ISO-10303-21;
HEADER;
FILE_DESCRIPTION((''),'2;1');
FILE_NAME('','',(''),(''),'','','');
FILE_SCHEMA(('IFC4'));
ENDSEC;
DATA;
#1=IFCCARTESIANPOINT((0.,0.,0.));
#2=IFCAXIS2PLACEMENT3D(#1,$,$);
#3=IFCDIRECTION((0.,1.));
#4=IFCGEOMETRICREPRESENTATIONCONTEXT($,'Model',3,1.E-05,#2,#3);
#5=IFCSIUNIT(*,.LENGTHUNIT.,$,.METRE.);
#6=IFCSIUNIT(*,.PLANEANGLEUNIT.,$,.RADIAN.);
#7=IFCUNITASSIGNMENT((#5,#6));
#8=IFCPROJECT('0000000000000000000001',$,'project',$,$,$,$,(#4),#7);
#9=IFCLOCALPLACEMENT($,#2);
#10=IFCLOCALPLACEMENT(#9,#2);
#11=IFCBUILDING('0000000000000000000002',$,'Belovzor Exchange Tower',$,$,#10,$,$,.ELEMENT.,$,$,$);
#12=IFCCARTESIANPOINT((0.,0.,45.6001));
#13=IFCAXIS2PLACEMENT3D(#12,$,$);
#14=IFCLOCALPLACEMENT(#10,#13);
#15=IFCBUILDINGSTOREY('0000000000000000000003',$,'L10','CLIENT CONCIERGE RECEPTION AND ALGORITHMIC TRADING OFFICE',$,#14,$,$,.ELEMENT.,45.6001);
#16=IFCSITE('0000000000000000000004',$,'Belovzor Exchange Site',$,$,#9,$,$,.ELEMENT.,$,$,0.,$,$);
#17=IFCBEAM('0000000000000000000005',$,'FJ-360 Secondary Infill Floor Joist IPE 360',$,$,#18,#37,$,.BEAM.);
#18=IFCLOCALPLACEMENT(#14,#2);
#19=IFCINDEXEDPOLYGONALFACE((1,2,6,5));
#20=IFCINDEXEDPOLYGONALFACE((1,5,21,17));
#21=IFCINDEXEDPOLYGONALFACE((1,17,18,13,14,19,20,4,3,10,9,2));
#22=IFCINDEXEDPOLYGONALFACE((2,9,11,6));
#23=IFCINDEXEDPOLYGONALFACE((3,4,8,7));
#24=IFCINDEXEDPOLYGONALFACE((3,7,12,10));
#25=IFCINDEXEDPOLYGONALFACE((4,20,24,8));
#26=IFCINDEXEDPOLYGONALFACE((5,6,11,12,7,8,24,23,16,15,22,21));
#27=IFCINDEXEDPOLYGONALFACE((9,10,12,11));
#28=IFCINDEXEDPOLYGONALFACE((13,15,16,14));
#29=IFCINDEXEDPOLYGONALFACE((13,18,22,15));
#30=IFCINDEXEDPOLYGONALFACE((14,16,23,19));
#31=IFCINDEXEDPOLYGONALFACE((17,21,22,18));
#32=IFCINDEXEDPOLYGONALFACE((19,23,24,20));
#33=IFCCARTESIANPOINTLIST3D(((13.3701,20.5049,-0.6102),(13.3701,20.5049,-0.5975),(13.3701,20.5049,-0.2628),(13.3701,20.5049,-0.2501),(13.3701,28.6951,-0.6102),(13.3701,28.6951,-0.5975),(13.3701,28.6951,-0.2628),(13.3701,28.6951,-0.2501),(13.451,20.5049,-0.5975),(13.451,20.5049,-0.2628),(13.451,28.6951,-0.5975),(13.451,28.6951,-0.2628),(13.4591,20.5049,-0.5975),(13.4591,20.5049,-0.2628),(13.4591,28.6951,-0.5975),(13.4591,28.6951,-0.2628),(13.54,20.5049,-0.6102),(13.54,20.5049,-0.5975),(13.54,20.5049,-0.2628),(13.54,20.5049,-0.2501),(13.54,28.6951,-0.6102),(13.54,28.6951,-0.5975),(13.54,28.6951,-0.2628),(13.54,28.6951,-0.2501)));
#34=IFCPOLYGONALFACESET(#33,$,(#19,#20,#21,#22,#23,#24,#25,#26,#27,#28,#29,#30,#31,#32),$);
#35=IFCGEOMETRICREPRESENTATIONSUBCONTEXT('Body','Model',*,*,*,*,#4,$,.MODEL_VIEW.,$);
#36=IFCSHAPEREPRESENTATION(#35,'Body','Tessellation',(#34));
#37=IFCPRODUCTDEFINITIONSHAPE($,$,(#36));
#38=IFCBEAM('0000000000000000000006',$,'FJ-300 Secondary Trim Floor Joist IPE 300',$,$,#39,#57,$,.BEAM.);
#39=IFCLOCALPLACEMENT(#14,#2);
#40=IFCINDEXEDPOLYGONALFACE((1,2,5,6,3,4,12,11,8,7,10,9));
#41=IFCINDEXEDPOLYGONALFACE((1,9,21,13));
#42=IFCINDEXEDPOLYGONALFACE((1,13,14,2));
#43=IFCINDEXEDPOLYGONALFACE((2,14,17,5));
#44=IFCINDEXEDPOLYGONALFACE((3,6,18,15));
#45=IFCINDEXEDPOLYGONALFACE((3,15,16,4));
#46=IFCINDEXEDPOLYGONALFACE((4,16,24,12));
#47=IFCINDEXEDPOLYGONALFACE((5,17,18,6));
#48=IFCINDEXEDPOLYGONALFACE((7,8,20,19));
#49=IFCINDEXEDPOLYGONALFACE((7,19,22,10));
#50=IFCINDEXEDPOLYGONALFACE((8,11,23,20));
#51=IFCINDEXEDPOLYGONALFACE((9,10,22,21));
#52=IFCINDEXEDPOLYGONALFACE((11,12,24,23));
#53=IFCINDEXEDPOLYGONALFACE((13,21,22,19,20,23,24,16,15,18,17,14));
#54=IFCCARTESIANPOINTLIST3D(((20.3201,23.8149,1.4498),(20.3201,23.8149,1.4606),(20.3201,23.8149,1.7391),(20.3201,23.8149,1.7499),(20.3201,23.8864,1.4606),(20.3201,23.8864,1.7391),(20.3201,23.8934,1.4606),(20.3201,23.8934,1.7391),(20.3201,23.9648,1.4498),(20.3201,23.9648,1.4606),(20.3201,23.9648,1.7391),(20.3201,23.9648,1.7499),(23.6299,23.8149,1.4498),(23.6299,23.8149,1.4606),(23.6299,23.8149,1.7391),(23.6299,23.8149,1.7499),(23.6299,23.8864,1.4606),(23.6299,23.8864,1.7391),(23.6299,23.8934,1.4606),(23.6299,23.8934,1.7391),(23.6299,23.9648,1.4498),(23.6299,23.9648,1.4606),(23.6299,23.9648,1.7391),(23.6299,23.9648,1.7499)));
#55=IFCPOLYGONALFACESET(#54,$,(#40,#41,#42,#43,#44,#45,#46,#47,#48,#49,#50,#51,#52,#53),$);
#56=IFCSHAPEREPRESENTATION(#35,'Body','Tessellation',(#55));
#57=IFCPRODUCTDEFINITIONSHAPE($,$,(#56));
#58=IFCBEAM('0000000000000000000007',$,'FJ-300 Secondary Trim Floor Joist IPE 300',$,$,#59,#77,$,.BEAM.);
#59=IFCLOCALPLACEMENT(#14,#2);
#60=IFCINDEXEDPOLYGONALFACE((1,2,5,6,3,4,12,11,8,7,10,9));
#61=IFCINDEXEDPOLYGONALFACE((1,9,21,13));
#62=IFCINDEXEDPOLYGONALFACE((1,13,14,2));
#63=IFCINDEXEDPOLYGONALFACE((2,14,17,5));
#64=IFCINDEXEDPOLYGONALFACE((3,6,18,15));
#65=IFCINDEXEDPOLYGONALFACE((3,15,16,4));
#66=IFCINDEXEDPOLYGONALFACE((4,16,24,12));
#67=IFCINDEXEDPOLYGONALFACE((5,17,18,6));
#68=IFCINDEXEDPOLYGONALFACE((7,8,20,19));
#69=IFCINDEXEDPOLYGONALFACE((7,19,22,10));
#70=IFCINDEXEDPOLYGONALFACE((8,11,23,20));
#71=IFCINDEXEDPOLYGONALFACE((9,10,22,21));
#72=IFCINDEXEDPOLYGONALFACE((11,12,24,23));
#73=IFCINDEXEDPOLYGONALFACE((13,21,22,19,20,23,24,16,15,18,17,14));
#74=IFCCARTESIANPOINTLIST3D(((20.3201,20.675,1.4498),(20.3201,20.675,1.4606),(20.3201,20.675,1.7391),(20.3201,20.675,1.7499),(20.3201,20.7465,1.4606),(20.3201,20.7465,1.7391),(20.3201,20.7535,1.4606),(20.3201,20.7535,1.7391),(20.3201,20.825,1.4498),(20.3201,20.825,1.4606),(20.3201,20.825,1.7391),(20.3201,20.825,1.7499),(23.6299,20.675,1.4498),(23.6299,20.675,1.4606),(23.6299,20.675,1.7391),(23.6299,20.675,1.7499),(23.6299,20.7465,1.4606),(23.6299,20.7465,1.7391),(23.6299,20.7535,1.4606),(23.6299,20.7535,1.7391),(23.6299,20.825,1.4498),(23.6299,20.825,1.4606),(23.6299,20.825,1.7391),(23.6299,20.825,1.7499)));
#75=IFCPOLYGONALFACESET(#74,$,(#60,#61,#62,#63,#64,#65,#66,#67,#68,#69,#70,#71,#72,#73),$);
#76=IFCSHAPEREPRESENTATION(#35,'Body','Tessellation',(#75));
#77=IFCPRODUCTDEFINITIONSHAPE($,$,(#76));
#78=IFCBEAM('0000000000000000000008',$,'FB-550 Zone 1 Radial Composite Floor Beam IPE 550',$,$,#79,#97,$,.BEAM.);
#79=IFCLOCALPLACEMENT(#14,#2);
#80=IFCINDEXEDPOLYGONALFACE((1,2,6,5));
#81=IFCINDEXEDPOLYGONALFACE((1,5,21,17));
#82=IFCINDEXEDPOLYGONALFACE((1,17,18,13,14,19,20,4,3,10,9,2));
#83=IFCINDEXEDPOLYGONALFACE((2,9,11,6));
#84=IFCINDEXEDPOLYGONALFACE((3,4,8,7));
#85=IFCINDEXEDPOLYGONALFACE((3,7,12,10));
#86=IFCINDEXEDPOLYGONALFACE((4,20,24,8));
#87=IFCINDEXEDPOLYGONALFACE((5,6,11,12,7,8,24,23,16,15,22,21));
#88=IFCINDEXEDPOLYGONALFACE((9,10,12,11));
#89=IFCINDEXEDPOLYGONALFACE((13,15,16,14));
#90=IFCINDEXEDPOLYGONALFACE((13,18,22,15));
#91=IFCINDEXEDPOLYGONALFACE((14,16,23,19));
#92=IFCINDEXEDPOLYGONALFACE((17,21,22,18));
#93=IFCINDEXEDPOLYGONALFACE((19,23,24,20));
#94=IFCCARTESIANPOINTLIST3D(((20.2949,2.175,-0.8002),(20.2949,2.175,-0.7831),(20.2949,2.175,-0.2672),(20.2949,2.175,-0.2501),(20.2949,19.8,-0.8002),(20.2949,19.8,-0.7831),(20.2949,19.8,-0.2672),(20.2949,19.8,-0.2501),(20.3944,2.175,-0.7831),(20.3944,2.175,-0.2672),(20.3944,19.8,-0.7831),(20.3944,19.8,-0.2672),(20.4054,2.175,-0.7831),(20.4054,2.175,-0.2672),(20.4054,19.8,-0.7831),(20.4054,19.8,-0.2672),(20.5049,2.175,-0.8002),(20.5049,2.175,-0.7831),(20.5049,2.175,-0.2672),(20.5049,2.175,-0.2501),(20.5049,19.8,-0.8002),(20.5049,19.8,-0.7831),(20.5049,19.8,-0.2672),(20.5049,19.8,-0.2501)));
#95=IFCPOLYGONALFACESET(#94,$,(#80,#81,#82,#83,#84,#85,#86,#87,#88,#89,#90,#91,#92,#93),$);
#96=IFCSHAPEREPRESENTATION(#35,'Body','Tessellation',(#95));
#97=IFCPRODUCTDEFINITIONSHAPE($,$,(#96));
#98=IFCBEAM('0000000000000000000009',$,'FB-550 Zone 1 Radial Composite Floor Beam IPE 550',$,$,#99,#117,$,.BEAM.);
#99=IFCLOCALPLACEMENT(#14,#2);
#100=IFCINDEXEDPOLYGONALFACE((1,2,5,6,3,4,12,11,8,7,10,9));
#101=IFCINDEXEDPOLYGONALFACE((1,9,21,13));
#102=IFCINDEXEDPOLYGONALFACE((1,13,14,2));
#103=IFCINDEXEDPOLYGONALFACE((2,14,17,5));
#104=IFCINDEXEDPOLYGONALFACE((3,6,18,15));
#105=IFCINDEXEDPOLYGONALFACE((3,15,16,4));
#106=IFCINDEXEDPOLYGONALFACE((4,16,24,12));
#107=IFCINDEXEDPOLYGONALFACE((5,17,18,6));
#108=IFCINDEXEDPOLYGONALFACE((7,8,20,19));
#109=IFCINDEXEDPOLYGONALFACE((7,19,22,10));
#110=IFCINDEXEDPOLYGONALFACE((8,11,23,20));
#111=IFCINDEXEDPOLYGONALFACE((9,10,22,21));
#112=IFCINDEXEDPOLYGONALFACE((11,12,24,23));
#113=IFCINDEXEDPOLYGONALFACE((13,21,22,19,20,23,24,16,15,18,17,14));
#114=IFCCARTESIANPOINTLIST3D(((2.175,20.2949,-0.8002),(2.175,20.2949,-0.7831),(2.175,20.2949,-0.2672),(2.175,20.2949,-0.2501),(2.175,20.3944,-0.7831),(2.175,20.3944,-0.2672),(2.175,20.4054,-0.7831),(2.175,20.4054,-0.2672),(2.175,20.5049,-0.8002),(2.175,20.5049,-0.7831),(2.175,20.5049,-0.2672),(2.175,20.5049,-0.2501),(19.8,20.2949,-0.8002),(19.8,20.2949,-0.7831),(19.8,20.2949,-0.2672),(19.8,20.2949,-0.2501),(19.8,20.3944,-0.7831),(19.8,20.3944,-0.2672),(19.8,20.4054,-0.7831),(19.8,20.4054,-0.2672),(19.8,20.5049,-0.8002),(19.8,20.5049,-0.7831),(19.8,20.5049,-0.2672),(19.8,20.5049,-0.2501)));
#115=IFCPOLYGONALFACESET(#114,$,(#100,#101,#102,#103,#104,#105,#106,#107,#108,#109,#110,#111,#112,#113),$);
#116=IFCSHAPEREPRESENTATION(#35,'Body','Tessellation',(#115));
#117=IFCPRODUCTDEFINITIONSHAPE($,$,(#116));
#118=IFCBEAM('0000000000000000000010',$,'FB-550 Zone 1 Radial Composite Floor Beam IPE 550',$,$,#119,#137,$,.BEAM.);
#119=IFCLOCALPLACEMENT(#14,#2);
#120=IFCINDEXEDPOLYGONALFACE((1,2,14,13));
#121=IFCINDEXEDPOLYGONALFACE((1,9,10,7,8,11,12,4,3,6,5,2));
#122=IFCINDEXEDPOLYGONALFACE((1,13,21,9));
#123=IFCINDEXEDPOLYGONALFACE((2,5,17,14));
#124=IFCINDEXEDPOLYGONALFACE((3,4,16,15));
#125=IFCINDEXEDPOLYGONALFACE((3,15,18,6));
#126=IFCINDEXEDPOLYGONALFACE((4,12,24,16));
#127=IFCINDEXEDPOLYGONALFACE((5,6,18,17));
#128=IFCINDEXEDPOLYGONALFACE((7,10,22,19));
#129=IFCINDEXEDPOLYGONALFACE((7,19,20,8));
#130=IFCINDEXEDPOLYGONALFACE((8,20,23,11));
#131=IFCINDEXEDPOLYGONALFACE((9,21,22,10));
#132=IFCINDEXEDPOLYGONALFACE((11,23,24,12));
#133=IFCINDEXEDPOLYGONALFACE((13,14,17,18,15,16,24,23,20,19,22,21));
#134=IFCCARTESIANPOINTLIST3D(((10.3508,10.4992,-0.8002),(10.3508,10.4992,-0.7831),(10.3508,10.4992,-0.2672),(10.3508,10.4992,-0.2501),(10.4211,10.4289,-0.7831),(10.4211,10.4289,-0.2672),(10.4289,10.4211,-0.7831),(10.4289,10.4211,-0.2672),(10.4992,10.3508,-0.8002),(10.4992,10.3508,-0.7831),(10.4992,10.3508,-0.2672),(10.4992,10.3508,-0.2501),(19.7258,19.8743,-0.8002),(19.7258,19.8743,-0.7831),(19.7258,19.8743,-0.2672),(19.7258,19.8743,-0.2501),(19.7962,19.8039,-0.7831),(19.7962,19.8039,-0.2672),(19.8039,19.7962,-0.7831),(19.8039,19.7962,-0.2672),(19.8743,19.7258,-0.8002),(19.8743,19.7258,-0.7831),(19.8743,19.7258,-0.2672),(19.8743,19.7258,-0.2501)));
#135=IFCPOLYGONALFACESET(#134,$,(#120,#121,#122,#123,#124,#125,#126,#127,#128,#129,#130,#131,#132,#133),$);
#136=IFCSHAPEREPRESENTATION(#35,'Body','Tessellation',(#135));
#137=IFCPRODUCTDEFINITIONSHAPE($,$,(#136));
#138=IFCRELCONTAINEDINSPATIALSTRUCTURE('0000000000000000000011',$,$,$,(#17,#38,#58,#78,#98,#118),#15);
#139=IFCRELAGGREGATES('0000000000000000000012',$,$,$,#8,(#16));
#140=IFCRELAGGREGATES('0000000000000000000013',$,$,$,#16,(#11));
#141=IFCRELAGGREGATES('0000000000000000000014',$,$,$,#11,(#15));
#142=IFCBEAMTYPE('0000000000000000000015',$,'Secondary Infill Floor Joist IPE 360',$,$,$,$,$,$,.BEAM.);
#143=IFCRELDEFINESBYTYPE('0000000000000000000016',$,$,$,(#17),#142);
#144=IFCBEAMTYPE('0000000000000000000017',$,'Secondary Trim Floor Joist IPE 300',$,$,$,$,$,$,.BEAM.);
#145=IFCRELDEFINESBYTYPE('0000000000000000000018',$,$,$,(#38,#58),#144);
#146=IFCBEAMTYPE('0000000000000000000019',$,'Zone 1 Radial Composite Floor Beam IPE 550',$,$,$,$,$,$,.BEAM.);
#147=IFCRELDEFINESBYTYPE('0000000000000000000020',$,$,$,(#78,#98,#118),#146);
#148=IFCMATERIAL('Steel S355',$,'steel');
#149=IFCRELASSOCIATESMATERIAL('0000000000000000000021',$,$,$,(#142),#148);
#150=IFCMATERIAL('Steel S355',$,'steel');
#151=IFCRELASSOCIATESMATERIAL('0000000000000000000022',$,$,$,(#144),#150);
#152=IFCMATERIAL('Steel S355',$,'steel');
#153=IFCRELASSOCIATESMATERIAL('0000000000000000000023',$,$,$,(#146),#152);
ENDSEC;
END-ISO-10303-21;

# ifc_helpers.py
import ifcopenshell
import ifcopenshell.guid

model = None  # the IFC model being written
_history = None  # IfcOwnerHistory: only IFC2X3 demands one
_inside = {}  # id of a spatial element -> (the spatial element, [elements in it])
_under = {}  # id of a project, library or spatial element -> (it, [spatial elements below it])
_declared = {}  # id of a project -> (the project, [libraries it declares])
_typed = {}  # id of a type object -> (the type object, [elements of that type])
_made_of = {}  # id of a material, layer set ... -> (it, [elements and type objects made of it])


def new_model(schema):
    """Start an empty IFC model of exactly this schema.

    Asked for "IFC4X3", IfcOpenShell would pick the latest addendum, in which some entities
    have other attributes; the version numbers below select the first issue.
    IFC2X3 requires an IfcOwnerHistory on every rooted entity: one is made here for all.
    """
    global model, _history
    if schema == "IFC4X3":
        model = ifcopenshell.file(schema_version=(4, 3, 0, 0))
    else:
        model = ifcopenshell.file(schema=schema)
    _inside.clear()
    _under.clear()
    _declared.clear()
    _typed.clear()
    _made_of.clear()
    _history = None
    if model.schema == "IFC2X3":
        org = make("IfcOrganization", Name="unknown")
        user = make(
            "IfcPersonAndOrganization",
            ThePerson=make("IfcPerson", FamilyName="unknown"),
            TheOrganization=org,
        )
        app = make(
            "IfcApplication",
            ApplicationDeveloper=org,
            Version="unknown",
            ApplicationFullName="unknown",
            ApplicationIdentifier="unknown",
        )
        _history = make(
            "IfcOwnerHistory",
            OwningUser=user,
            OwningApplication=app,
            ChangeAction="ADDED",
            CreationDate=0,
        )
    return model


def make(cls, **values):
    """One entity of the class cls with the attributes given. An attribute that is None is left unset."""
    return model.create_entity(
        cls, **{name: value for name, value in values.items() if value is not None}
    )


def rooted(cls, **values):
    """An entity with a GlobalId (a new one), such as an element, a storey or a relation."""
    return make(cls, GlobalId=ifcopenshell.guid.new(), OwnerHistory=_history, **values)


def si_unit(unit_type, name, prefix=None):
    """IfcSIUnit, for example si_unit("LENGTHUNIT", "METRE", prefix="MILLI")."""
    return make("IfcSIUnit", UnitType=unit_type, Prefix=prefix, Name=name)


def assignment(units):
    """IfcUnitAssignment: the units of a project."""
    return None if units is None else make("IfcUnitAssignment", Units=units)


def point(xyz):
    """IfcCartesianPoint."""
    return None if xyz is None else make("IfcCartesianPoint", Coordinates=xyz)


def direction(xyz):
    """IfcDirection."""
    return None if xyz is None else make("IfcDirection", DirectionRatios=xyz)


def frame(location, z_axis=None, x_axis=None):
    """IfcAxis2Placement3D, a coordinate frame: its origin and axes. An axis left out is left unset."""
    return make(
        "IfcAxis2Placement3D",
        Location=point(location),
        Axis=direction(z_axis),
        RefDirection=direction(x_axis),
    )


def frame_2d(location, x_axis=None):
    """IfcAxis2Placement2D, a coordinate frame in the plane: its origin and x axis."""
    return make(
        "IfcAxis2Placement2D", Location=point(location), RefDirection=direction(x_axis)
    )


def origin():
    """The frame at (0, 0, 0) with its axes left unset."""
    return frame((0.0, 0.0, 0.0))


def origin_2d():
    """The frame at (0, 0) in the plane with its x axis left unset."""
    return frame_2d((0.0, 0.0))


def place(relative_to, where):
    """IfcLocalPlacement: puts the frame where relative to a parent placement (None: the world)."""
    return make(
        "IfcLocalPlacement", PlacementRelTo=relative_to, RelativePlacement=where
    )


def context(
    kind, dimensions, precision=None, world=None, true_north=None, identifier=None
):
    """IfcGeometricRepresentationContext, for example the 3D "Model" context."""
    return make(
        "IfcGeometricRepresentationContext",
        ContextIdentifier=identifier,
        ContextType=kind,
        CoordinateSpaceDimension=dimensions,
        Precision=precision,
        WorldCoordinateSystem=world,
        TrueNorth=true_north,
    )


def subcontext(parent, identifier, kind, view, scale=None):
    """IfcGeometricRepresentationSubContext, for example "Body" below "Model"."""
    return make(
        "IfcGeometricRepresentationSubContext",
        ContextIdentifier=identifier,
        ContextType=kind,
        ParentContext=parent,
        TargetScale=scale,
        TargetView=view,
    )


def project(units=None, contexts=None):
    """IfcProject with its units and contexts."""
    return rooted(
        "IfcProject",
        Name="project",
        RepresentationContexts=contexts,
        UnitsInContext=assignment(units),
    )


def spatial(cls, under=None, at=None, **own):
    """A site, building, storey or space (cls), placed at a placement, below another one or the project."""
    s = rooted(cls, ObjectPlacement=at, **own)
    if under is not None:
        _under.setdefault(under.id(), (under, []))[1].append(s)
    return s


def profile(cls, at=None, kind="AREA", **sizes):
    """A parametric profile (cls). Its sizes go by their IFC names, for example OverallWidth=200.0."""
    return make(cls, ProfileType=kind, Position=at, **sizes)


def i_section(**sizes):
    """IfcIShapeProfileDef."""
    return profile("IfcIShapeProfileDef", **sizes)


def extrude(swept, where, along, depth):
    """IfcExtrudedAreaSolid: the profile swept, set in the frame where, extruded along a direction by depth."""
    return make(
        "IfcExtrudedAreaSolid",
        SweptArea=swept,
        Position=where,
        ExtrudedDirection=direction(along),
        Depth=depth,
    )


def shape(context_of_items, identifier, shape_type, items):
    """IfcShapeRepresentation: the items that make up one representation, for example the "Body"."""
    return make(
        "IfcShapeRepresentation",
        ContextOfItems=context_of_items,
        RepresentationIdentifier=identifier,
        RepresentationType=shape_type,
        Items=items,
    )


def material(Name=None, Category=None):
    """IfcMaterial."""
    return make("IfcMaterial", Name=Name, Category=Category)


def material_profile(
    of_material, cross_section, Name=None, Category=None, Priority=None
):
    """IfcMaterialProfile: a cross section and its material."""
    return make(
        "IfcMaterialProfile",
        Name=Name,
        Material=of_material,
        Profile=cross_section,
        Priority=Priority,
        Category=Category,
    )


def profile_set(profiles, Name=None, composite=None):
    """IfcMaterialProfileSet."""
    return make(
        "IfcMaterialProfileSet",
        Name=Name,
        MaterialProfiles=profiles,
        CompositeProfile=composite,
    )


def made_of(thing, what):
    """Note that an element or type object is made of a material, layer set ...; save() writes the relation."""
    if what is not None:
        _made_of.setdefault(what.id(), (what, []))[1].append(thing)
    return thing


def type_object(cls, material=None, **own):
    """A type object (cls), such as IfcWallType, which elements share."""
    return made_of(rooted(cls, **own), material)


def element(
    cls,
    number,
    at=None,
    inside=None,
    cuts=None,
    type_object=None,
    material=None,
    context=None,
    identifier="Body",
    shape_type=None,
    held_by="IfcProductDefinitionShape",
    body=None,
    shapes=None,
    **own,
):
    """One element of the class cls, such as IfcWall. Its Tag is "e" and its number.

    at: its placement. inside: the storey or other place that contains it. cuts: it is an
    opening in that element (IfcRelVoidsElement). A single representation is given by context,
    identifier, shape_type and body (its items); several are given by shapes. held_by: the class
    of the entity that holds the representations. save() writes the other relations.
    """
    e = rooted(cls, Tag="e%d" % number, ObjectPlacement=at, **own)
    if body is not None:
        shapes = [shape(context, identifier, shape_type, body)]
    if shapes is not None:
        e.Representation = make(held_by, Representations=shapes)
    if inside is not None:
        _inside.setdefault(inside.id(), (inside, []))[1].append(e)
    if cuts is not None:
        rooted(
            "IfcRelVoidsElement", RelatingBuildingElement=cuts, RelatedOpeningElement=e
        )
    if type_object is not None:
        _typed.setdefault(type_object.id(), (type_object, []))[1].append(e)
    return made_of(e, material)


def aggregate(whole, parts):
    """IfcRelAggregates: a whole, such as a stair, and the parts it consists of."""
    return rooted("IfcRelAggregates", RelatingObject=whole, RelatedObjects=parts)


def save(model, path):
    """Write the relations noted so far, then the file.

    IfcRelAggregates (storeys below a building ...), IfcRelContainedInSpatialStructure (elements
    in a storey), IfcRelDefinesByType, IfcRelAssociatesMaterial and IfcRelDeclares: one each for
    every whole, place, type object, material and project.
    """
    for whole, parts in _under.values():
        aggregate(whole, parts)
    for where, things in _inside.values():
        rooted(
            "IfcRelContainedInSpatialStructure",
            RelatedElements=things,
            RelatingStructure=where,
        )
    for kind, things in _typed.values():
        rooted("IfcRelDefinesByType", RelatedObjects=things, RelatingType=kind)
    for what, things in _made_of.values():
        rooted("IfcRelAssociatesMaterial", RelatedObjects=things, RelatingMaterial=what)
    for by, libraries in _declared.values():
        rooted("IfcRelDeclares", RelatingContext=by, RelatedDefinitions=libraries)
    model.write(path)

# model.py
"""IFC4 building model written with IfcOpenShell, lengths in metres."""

from ifc_helpers import new_model, si_unit, direction, frame, origin, origin_2d, place, context, subcontext, project, spatial, i_section, extrude, material, material_profile, profile_set, type_object, element, save


model = new_model("IFC4")

# Units and contexts
model_context = context("Model", 3, precision=1e-05, world=origin(), true_north=direction((0.0, 1.0)))
body_context = subcontext(model_context, "Body", "Model", "MODEL_VIEW")
ifc_project = project(units=[si_unit("LENGTHUNIT", "METRE"), si_unit("PLANEANGLEUNIT", "RADIAN")], contexts=[model_context])

# Site, building, storey
site_placement = place(None, origin())
site = spatial("IfcSite", under=ifc_project, at=site_placement, Name="Belovzor Exchange Site", CompositionType="ELEMENT", RefElevation=0.0)
building_placement = place(site_placement, origin())
building = spatial("IfcBuilding", under=site, at=building_placement, Name="Belovzor Exchange Tower", CompositionType="ELEMENT")
storey_placement = place(building_placement, frame((0.0, 0.0, 45.6001)))
storey = spatial("IfcBuildingStorey", under=building, at=storey_placement, Name="L10", Description="CLIENT CONCIERGE RECEPTION AND ALGORITHMIC TRADING OFFICE", CompositionType="ELEMENT", Elevation=45.6001)

# Beams
ifc_material_1 = material(Name="Steel S355", Category="steel")
ifc_material_profile_1 = material_profile(ifc_material_1, i_section(OverallWidth=0.1699, OverallDepth=0.3601, WebThickness=0.0081, FlangeThickness=0.0127, at=origin_2d()))
ifc_profile_set_1 = profile_set([ifc_material_profile_1], Name="Steel S355")
beam_type_1 = type_object("IfcBeamType", Name="Secondary Infill Floor Joist IPE 360", PredefinedType="BEAM", material=ifc_profile_set_1)
beam_1_placement = place(storey_placement, frame((13.4551, 20.5049, -0.4302), z_axis=(0.0, 1.0, 0.0), x_axis=(-1.0, 0.0, 0.0)))
element("IfcBeam", 1, at=beam_1_placement, inside=storey, type_object=beam_type_1, Name="FJ-360 Secondary Infill Floor Joist IPE 360", PredefinedType="BEAM", context=body_context, shape_type="SweptSolid", body=[
    extrude(i_section(OverallWidth=0.1699, OverallDepth=0.3601, WebThickness=0.0081, FlangeThickness=0.0127, at=origin_2d()), origin(), (0.0, 0.0, 1.0), 8.1902),
])
ifc_material_2 = material(Name="Steel S355", Category="steel")
ifc_material_profile_2 = material_profile(ifc_material_2, i_section(OverallWidth=0.1499, OverallDepth=0.3, WebThickness=0.0071, FlangeThickness=0.0107, at=origin_2d()))
ifc_profile_set_2 = profile_set([ifc_material_profile_2], Name="Steel S355")
beam_type_2 = type_object("IfcBeamType", Name="Secondary Trim Floor Joist IPE 300", PredefinedType="BEAM", material=ifc_profile_set_2)
for number, where, z_axis, x_axis, name in (
    (2, (20.3201, 23.8899, 1.5999), (1.0, 0.0, 0.0), (0.0, 1.0, 0.0), "FJ-300 Secondary Trim Floor Joist IPE 300"),
    (3, (20.3201, 20.75, 1.5999), (1.0, 0.0, 0.0), (0.0, 1.0, 0.0), "FJ-300 Secondary Trim Floor Joist IPE 300"),
):
    element("IfcBeam", number, at=place(storey_placement, frame(where, z_axis=z_axis, x_axis=x_axis)), inside=storey, type_object=beam_type_2, Name=name, PredefinedType="BEAM", context=body_context, shape_type="SweptSolid", body=[
        extrude(i_section(OverallWidth=0.1499, OverallDepth=0.3, WebThickness=0.0071, FlangeThickness=0.0107, at=origin_2d()), origin(), (0.0, 0.0, 1.0), 3.3098),
    ])
ifc_material_3 = material(Name="Steel S355", Category="steel")
ifc_material_profile_3 = material_profile(ifc_material_3, i_section(OverallWidth=0.21, OverallDepth=0.55, WebThickness=0.011, FlangeThickness=0.0171, at=origin_2d()))
ifc_profile_set_3 = profile_set([ifc_material_profile_3], Name="Steel S355")
beam_type_3 = type_object("IfcBeamType", Name="Zone 1 Radial Composite Floor Beam IPE 550", PredefinedType="BEAM", material=ifc_profile_set_3)
for number, where, z_axis, x_axis, name in (
    (4, (20.3999, 19.8, -0.5251), (0.0, -1.0, 0.0), (1.0, 0.0, 0.0), "FB-550 Zone 1 Radial Composite Floor Beam IPE 550"),
    (5, (19.8, 20.3999, -0.5251), (-1.0, 0.0, 0.0), (0.0, -1.0, 0.0), "FB-550 Zone 1 Radial Composite Floor Beam IPE 550"),
):
    element("IfcBeam", number, at=place(storey_placement, frame(where, z_axis=z_axis, x_axis=x_axis)), inside=storey, type_object=beam_type_3, Name=name, PredefinedType="BEAM", context=body_context, shape_type="SweptSolid", body=[
        extrude(i_section(OverallWidth=0.21, OverallDepth=0.55, WebThickness=0.011, FlangeThickness=0.0171, at=origin_2d()), origin(), (0.0, 0.0, 1.0), 17.625),
    ])
beam_2_placement = place(storey_placement, frame((19.8, 19.8, -0.5251), z_axis=(-0.707107, -0.707107, 0.0), x_axis=(0.707107, -0.707107, 0.0)))
element("IfcBeam", 6, at=beam_2_placement, inside=storey, type_object=beam_type_3, Name="FB-550 Zone 1 Radial Composite Floor Beam IPE 550", PredefinedType="BEAM", context=body_context, shape_type="SweptSolid", body=[
    extrude(i_section(OverallWidth=0.21, OverallDepth=0.55, WebThickness=0.011, FlangeThickness=0.0171, at=origin_2d()), origin(), (0.0, 0.0, 1.0), 13.2583),
])

save(model, "model.ifc")
